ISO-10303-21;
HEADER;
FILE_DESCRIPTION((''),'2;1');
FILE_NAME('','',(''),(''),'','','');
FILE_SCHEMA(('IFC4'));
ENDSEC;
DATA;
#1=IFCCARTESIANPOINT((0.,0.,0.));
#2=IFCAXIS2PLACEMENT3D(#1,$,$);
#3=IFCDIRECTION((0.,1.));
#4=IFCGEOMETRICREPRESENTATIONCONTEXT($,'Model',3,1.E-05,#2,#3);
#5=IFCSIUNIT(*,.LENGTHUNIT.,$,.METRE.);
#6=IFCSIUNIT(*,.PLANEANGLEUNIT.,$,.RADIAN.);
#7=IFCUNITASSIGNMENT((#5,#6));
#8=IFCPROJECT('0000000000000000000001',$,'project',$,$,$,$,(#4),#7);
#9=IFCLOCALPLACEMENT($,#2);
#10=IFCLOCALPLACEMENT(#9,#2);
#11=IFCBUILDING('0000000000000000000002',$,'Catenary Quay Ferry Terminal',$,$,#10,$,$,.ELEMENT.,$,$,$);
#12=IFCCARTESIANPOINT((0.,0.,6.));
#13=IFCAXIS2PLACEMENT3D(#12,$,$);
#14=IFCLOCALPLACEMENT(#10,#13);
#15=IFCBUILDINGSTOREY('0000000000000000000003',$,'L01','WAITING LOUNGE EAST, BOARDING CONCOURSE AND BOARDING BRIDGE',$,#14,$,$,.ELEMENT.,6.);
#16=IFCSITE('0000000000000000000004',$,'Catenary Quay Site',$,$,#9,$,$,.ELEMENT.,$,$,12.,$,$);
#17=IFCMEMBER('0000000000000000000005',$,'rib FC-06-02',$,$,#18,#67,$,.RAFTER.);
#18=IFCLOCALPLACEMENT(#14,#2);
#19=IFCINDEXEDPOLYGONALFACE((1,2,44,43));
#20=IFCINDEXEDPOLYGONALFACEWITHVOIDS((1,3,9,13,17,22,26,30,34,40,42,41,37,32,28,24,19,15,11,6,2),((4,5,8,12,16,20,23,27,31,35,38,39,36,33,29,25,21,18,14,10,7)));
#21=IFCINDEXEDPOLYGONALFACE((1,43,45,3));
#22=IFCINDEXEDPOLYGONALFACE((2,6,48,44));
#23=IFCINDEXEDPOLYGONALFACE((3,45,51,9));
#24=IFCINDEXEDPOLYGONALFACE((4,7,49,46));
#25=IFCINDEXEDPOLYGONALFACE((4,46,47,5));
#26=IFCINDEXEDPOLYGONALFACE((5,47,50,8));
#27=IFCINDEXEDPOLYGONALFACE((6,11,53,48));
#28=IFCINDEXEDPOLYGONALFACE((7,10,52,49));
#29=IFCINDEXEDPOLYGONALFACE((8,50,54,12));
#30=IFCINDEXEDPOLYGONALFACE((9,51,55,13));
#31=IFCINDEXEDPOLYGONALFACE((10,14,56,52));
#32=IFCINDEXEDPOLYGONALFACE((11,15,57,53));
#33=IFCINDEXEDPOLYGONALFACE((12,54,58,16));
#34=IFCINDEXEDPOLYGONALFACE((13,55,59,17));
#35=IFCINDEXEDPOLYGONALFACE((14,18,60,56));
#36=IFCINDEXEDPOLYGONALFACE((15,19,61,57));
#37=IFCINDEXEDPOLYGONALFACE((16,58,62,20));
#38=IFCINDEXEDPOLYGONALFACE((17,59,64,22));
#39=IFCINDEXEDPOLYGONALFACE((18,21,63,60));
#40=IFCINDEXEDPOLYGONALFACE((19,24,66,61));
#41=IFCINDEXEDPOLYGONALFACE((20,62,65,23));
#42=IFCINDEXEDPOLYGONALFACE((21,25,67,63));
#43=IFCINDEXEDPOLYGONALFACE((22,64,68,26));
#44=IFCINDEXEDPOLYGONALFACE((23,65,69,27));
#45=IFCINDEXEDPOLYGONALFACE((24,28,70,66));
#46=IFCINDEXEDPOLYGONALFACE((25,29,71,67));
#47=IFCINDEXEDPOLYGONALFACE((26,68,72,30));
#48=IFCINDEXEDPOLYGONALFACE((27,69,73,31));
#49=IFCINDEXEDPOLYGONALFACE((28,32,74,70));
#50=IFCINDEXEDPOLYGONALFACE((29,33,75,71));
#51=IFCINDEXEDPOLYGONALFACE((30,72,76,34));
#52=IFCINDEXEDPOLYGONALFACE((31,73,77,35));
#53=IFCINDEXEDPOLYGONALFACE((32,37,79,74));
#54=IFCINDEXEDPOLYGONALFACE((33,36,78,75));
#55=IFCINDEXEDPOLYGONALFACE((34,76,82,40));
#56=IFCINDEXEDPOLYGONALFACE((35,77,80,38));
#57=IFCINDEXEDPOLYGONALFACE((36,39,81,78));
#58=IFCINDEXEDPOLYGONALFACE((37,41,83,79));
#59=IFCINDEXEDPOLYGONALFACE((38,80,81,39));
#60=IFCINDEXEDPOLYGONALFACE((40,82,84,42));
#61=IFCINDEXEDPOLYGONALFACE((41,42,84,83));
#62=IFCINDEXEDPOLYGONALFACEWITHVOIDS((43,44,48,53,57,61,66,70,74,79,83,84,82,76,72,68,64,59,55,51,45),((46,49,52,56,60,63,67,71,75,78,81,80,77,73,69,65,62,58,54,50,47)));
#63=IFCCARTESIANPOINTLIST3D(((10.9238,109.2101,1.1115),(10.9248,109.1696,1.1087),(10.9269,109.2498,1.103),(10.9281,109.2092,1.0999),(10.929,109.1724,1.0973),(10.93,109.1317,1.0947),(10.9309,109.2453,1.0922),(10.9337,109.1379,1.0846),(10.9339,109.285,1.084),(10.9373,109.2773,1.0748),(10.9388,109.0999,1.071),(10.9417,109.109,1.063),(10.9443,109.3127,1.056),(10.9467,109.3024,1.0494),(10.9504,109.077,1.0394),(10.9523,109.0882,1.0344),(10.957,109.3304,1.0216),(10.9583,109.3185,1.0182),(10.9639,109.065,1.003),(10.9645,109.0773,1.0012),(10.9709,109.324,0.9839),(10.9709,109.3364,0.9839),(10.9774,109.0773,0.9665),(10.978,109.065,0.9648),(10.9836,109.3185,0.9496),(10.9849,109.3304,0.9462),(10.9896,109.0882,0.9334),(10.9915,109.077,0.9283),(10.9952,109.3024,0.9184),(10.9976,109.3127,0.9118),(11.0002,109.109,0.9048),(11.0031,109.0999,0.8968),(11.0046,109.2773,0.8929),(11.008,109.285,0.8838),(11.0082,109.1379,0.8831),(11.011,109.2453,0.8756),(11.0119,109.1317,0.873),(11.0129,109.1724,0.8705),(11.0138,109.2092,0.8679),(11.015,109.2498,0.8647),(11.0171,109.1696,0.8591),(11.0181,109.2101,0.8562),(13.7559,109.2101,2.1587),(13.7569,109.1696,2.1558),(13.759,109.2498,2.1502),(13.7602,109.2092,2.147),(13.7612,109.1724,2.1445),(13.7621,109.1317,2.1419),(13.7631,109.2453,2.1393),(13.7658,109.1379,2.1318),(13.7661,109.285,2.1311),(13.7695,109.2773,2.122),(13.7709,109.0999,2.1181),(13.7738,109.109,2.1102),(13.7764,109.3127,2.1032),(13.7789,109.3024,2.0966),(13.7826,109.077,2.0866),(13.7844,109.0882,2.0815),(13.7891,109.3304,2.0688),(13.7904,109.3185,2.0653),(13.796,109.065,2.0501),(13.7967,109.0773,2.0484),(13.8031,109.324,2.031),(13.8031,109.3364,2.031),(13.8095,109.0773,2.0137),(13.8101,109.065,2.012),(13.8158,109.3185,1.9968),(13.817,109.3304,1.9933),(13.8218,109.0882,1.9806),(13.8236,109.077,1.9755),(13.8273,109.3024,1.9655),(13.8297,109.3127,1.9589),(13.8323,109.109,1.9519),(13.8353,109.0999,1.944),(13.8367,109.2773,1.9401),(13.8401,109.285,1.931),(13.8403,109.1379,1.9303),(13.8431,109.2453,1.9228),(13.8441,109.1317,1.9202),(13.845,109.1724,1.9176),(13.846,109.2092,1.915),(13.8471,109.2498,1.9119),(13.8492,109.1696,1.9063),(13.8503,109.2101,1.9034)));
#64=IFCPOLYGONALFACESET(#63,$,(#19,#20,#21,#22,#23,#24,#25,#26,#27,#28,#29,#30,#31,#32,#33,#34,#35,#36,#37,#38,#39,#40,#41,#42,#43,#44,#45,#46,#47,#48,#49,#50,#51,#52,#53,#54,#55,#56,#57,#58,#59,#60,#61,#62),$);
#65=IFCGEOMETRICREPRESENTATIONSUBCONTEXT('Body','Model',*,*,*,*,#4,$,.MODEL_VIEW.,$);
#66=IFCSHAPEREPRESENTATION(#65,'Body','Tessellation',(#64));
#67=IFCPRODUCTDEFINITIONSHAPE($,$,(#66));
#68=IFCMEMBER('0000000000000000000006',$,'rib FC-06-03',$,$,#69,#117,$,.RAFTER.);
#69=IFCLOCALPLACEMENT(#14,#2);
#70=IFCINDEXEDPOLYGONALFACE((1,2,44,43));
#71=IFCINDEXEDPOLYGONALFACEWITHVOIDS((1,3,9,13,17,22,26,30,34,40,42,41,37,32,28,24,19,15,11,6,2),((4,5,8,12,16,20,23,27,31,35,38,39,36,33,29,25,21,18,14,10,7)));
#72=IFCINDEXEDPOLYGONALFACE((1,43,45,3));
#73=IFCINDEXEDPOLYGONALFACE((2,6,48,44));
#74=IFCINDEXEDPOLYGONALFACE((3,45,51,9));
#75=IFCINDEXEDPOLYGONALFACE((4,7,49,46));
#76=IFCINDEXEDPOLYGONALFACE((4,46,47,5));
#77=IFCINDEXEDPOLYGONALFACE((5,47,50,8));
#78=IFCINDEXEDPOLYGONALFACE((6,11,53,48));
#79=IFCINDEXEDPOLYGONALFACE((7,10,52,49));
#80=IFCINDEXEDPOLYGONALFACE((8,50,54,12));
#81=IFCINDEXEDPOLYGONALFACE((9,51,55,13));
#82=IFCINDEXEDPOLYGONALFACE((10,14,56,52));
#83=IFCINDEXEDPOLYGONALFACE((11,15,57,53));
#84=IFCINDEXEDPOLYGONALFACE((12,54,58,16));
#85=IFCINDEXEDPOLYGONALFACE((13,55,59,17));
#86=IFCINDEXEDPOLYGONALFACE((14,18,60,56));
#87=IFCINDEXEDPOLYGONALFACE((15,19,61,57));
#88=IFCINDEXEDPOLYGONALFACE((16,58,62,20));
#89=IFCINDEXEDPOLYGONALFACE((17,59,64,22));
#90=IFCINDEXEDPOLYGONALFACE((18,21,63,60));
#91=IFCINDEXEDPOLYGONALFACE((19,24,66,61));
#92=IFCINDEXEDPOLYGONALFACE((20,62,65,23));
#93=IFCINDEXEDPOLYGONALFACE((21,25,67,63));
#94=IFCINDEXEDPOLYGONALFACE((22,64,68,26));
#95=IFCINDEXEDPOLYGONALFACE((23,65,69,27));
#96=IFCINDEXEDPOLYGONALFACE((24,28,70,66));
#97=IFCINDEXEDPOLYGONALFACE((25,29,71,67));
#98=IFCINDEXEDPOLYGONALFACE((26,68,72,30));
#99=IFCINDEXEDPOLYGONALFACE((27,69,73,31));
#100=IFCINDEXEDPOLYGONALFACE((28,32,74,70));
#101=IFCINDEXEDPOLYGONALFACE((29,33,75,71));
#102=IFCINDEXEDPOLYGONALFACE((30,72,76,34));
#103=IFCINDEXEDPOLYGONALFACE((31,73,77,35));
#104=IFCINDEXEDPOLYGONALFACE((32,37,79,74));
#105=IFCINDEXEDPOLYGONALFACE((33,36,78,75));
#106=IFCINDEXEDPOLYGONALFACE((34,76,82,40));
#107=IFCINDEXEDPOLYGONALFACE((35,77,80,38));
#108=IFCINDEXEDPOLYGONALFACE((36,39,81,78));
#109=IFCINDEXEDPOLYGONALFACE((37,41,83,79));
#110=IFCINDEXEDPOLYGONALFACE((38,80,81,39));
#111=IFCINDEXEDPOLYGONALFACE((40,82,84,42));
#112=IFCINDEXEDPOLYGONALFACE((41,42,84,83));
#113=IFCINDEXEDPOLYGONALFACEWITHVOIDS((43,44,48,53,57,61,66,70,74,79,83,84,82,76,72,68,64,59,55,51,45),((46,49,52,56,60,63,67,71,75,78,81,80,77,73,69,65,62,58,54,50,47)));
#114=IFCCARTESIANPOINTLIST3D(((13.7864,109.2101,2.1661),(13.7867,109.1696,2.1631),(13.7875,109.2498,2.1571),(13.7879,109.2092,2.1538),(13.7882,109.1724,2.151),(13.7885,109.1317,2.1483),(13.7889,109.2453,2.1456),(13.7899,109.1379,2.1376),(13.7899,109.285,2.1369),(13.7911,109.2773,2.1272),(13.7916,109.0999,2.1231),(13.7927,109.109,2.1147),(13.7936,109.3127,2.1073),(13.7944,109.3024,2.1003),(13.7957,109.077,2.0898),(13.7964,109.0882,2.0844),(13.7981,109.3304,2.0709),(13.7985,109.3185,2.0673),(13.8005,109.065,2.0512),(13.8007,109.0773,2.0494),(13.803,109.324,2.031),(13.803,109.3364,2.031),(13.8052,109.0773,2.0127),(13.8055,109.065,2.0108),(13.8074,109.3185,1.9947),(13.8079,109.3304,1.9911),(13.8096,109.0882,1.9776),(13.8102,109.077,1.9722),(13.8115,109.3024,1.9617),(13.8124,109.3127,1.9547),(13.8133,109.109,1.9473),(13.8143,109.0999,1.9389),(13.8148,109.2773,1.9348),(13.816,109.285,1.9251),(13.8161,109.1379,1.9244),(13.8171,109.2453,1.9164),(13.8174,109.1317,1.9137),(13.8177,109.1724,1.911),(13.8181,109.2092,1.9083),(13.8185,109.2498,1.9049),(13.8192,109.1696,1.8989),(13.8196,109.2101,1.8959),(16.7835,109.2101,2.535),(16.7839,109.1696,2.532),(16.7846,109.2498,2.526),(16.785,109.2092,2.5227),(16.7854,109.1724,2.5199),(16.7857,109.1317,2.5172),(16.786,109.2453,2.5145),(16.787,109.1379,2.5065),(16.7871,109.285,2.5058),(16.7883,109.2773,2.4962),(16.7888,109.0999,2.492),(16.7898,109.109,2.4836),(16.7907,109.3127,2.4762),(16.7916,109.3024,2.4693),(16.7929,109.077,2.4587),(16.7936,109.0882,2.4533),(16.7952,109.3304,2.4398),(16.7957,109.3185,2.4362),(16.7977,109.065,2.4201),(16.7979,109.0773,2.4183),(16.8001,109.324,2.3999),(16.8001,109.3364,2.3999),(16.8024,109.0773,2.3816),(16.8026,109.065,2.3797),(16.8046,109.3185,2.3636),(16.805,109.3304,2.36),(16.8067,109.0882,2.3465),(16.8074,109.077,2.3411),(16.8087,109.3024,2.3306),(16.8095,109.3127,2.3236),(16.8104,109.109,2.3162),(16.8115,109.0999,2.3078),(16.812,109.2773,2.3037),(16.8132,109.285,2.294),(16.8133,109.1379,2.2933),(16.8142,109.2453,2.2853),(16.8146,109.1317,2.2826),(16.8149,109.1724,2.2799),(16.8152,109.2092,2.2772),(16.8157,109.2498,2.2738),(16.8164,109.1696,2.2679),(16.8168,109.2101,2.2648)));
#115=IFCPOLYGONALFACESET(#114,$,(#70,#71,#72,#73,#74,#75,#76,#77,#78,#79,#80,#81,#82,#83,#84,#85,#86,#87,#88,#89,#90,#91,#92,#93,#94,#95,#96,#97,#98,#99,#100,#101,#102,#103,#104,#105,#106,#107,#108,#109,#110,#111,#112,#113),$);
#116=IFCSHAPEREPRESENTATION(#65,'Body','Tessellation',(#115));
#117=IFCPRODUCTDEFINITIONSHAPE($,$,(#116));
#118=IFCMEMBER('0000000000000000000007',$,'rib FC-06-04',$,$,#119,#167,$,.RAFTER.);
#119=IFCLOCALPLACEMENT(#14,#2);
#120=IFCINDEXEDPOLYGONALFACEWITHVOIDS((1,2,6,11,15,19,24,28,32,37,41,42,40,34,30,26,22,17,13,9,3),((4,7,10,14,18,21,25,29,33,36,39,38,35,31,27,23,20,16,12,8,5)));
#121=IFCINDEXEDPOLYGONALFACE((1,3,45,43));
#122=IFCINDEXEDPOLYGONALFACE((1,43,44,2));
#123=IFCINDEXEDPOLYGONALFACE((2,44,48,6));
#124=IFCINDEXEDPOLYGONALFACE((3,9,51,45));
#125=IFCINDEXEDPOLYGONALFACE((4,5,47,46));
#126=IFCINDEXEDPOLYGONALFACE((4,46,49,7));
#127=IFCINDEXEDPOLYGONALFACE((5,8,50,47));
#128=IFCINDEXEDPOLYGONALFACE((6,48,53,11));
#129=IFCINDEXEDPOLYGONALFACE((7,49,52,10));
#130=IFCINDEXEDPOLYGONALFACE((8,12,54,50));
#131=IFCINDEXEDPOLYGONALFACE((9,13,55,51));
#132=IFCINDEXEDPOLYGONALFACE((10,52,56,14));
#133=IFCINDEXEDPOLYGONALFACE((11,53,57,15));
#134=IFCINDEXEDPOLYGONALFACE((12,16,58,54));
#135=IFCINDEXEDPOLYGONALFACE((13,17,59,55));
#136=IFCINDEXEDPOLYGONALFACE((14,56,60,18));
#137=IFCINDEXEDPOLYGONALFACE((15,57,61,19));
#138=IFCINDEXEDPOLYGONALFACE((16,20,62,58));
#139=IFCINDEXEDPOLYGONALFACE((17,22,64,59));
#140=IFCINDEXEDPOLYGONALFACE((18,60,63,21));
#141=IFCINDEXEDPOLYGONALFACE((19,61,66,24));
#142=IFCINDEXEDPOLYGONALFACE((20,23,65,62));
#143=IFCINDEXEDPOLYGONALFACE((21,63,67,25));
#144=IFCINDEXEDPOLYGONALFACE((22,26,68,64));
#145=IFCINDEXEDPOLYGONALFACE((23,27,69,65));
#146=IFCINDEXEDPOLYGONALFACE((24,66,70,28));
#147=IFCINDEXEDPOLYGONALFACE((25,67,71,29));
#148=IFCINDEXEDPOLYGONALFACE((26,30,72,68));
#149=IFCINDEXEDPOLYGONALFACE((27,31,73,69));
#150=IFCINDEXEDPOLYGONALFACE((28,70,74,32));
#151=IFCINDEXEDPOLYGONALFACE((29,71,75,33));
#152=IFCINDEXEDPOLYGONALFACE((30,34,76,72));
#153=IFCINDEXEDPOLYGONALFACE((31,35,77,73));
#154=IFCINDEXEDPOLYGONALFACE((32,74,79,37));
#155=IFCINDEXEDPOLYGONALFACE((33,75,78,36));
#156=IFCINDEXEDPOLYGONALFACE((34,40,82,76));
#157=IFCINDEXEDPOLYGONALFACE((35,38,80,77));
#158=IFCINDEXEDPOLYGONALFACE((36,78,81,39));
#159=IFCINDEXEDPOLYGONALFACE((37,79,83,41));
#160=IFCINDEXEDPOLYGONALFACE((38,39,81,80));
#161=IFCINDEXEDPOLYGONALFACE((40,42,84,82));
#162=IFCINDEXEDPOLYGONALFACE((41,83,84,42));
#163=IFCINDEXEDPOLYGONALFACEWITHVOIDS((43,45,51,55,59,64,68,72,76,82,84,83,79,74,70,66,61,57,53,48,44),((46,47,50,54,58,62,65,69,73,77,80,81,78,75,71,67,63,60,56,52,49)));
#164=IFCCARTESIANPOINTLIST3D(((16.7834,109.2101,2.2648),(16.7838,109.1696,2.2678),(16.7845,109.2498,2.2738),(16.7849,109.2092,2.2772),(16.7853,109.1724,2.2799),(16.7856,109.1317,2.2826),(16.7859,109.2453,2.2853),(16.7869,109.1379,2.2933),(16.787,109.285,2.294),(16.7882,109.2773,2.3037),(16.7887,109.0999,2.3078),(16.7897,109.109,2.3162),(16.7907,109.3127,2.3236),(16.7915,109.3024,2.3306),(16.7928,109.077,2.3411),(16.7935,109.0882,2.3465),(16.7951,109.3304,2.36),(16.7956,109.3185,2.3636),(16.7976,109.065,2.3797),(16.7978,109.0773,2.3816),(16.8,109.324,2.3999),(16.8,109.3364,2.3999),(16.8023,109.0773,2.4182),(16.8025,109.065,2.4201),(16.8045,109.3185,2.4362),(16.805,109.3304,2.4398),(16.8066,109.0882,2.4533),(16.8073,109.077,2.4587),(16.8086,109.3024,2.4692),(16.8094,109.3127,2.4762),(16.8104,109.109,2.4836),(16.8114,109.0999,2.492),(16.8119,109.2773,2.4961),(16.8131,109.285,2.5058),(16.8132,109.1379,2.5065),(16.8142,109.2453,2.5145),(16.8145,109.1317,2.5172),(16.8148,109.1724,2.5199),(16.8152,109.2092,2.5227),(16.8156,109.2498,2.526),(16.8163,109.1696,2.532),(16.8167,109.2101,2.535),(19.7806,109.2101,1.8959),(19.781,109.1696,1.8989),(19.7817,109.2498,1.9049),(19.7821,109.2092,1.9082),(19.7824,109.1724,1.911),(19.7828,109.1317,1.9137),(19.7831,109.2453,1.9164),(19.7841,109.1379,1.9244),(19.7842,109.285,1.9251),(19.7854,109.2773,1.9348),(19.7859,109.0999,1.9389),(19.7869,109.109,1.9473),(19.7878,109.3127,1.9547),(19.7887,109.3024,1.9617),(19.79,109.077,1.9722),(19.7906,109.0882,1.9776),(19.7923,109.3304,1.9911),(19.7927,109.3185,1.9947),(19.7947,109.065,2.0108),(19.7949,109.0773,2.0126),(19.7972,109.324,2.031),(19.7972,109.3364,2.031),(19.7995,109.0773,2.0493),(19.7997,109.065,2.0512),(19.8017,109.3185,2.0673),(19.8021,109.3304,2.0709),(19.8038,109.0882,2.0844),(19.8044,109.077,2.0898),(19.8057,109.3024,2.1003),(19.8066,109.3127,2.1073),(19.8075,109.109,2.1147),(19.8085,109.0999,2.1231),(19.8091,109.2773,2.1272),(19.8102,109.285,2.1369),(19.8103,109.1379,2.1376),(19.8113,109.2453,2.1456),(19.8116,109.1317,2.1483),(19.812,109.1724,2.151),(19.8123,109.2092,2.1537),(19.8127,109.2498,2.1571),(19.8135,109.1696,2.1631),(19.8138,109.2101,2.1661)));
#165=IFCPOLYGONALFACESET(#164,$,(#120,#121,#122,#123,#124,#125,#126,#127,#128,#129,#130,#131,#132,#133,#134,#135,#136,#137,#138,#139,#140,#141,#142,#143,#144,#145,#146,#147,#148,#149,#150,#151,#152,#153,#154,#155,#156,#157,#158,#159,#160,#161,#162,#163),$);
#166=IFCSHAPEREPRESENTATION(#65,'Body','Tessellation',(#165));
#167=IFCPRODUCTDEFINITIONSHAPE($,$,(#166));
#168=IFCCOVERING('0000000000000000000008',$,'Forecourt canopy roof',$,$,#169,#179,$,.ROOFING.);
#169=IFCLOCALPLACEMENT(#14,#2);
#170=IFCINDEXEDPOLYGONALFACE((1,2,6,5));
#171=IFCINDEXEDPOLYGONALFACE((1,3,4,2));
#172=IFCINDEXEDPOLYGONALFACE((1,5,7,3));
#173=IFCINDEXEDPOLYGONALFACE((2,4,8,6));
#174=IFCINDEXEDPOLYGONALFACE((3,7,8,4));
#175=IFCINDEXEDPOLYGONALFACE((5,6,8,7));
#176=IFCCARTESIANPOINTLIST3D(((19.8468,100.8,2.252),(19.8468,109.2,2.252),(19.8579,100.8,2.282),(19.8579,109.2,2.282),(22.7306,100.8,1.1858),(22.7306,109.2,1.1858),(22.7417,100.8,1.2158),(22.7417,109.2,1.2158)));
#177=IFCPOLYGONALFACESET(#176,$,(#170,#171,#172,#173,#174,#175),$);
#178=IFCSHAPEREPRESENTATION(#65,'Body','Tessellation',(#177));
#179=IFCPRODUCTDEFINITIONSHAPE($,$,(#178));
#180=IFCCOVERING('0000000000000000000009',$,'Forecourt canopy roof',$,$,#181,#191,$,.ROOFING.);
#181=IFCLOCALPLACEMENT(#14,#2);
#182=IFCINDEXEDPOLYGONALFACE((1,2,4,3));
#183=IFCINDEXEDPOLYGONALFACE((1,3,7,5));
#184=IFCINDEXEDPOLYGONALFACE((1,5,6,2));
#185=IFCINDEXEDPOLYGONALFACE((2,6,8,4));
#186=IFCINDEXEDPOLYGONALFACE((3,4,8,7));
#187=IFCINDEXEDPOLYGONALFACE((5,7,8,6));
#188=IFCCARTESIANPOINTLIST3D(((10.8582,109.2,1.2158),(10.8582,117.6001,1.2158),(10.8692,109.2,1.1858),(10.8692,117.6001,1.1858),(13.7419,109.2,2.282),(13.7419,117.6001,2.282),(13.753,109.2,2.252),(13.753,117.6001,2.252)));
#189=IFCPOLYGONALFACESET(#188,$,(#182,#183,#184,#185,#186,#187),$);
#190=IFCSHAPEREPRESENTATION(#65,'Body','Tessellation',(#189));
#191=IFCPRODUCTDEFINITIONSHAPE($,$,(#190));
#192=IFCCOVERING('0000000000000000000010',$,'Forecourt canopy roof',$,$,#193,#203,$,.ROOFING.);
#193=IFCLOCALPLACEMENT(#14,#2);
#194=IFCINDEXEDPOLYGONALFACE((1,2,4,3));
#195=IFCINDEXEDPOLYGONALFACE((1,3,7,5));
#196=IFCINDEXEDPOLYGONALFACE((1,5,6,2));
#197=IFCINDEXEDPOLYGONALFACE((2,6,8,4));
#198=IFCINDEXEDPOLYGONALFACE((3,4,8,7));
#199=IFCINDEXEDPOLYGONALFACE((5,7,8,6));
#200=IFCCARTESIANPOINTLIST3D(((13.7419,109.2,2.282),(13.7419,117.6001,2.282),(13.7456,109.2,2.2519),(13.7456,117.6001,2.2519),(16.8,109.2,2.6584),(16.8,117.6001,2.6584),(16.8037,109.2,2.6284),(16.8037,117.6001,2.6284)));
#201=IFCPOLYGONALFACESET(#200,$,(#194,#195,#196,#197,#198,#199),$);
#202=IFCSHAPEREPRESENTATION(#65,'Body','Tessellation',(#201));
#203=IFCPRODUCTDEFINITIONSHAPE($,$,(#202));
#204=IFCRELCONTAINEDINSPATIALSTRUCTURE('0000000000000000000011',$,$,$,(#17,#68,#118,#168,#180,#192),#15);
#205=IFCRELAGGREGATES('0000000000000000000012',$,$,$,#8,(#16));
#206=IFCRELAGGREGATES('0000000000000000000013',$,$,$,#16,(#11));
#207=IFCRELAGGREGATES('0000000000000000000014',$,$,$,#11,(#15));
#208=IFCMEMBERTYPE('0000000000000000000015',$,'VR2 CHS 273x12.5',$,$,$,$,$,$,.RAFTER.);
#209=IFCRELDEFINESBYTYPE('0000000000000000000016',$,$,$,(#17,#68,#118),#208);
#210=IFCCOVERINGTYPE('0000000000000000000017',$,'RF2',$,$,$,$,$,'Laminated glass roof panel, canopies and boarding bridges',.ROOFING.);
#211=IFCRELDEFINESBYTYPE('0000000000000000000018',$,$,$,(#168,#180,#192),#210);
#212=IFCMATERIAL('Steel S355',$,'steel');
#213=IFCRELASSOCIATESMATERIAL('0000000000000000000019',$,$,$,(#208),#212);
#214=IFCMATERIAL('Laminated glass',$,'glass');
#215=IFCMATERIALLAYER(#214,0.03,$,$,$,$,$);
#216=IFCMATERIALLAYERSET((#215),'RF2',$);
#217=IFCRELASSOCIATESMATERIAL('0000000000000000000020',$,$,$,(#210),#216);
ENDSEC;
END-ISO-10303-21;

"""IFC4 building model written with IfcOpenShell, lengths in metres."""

from ifc_helpers import new_model, si_unit, direction, frame, origin, origin_2d, place, context, subcontext, project, spatial, polyline, hollow_circle, outline, extrude, material, layer, layer_set, material_profile, profile_set, type_object, element, save


model = new_model("IFC4")

# Units and contexts
model_context = context("Model", 3, precision=1e-05, world=origin(), true_north=direction((0.0, 1.0)))
body_context = subcontext(model_context, "Body", "Model", "MODEL_VIEW")
ifc_project = project(units=[si_unit("LENGTHUNIT", "METRE"), si_unit("PLANEANGLEUNIT", "RADIAN")], contexts=[model_context])

# Site, building, storey
site_placement = place(None, origin())
site = spatial("IfcSite", under=ifc_project, at=site_placement, Name="Catenary Quay Site", CompositionType="ELEMENT", RefElevation=12.0)
building_placement = place(site_placement, origin())
building = spatial("IfcBuilding", under=site, at=building_placement, Name="Catenary Quay Ferry Terminal", CompositionType="ELEMENT")
storey_placement = place(building_placement, frame((0.0, 0.0, 6.0)))
storey = spatial("IfcBuildingStorey", under=building, at=storey_placement, Name="L01", Description="WAITING LOUNGE EAST, BOARDING CONCOURSE AND BOARDING BRIDGE", CompositionType="ELEMENT", Elevation=6.0)

# Members
ifc_material_1 = material(Name="Steel S355", Category="steel")
ifc_material_profile_1 = material_profile(ifc_material_1, hollow_circle(Radius=0.1365, WallThickness=0.0125, at=origin_2d()), Name="CHS 273x12.5")
ifc_profile_set_1 = profile_set([ifc_material_profile_1], Name="Steel S355")
member_type_1 = type_object("IfcMemberType", Name="VR2 CHS 273x12.5", PredefinedType="RAFTER", material=ifc_profile_set_1)
member_1_placement = place(storey_placement, frame((10.9709, 109.2, 0.9839), z_axis=(0.937941, 0.0, 0.346796), x_axis=(0.0, 1.0, 0.0)))
element("IfcMember", 1, at=member_1_placement, inside=storey, type_object=member_type_1, Name="rib FC-06-02", PredefinedType="RAFTER", context=body_context, shape_type="SweptSolid", body=[
    extrude(hollow_circle(Radius=0.1365, WallThickness=0.0125, at=origin_2d()), origin(), (0.0, 0.0, 1.0), 3.0195),
])
for number, where, z_axis, x_axis, name in (
    (2, (13.803, 109.2, 2.031), (0.99251, 0.0, 0.122164), (0.0, 1.0, 0.0), "rib FC-06-03"),
    (3, (16.8, 109.2, 2.3999), (0.99251, 0.0, -0.122164), (0.0, 1.0, 0.0), "rib FC-06-04"),
):
    element("IfcMember", number, at=place(storey_placement, frame(where, z_axis=z_axis, x_axis=x_axis)), inside=storey, type_object=member_type_1, Name=name, PredefinedType="RAFTER", context=body_context, shape_type="SweptSolid", body=[
        extrude(hollow_circle(Radius=0.1365, WallThickness=0.0125, at=origin_2d()), origin(), (0.0, 0.0, 1.0), 3.0198),
    ])

# Coverings
ifc_material_2 = material(Name="Laminated glass", Category="glass")
ifc_layer = layer(ifc_material_2, 0.03)
ifc_layer_set = layer_set([ifc_layer], Name="RF2")
covering_type = type_object("IfcCoveringType", Name="RF2", ElementType="Laminated glass roof panel, canopies and boarding bridges", PredefinedType="ROOFING", material=ifc_layer_set)
covering_1_placement = place(storey_placement, frame((19.8579, 100.8, 2.282), z_axis=(0.346769, 0.0, 0.937951), x_axis=(0.0, 1.0, 0.0)))
element("IfcCovering", 4, at=covering_1_placement, inside=storey, type_object=covering_type, Name="Forecourt canopy roof", PredefinedType="ROOFING", context=body_context, shape_type="SweptSolid", body=[
    extrude(outline(polyline([(0.0, 0.0), (8.3999, 0.0), (8.3999, -3.0746), (0.0, -3.0746), (0.0, 0.0)])), origin(), (0.0, 0.0, -1.0), 0.032),
])
covering_2_placement = place(storey_placement, frame((10.8582, 109.2, 1.2158), z_axis=(-0.346769, 0.0, 0.937951), x_axis=(0.0, 1.0, 0.0)))
element("IfcCovering", 5, at=covering_2_placement, inside=storey, type_object=covering_type, Name="Forecourt canopy roof", PredefinedType="ROOFING", context=body_context, shape_type="SweptSolid", body=[
    extrude(outline(polyline([(0.0, 0.0), (8.4001, 0.0), (8.4001, -3.0746), (0.0, -3.0746), (0.0, 0.0)])), origin(), (0.0, 0.0, -1.0), 0.032),
])
covering_3_placement = place(storey_placement, frame((13.7419, 109.2, 2.282), z_axis=(-0.122182, 0.0, 0.992508), x_axis=(0.0, 1.0, 0.0)))
element("IfcCovering", 6, at=covering_3_placement, inside=storey, type_object=covering_type, Name="Forecourt canopy roof", PredefinedType="ROOFING", context=body_context, shape_type="SweptSolid", body=[
    extrude(outline(polyline([(0.0, 0.0), (8.4001, 0.0), (8.4001, -3.0812), (0.0, -3.0812), (0.0, 0.0)])), origin(), (0.0, 0.0, -1.0), 0.0303),
])

save(model, "model.ifc")
